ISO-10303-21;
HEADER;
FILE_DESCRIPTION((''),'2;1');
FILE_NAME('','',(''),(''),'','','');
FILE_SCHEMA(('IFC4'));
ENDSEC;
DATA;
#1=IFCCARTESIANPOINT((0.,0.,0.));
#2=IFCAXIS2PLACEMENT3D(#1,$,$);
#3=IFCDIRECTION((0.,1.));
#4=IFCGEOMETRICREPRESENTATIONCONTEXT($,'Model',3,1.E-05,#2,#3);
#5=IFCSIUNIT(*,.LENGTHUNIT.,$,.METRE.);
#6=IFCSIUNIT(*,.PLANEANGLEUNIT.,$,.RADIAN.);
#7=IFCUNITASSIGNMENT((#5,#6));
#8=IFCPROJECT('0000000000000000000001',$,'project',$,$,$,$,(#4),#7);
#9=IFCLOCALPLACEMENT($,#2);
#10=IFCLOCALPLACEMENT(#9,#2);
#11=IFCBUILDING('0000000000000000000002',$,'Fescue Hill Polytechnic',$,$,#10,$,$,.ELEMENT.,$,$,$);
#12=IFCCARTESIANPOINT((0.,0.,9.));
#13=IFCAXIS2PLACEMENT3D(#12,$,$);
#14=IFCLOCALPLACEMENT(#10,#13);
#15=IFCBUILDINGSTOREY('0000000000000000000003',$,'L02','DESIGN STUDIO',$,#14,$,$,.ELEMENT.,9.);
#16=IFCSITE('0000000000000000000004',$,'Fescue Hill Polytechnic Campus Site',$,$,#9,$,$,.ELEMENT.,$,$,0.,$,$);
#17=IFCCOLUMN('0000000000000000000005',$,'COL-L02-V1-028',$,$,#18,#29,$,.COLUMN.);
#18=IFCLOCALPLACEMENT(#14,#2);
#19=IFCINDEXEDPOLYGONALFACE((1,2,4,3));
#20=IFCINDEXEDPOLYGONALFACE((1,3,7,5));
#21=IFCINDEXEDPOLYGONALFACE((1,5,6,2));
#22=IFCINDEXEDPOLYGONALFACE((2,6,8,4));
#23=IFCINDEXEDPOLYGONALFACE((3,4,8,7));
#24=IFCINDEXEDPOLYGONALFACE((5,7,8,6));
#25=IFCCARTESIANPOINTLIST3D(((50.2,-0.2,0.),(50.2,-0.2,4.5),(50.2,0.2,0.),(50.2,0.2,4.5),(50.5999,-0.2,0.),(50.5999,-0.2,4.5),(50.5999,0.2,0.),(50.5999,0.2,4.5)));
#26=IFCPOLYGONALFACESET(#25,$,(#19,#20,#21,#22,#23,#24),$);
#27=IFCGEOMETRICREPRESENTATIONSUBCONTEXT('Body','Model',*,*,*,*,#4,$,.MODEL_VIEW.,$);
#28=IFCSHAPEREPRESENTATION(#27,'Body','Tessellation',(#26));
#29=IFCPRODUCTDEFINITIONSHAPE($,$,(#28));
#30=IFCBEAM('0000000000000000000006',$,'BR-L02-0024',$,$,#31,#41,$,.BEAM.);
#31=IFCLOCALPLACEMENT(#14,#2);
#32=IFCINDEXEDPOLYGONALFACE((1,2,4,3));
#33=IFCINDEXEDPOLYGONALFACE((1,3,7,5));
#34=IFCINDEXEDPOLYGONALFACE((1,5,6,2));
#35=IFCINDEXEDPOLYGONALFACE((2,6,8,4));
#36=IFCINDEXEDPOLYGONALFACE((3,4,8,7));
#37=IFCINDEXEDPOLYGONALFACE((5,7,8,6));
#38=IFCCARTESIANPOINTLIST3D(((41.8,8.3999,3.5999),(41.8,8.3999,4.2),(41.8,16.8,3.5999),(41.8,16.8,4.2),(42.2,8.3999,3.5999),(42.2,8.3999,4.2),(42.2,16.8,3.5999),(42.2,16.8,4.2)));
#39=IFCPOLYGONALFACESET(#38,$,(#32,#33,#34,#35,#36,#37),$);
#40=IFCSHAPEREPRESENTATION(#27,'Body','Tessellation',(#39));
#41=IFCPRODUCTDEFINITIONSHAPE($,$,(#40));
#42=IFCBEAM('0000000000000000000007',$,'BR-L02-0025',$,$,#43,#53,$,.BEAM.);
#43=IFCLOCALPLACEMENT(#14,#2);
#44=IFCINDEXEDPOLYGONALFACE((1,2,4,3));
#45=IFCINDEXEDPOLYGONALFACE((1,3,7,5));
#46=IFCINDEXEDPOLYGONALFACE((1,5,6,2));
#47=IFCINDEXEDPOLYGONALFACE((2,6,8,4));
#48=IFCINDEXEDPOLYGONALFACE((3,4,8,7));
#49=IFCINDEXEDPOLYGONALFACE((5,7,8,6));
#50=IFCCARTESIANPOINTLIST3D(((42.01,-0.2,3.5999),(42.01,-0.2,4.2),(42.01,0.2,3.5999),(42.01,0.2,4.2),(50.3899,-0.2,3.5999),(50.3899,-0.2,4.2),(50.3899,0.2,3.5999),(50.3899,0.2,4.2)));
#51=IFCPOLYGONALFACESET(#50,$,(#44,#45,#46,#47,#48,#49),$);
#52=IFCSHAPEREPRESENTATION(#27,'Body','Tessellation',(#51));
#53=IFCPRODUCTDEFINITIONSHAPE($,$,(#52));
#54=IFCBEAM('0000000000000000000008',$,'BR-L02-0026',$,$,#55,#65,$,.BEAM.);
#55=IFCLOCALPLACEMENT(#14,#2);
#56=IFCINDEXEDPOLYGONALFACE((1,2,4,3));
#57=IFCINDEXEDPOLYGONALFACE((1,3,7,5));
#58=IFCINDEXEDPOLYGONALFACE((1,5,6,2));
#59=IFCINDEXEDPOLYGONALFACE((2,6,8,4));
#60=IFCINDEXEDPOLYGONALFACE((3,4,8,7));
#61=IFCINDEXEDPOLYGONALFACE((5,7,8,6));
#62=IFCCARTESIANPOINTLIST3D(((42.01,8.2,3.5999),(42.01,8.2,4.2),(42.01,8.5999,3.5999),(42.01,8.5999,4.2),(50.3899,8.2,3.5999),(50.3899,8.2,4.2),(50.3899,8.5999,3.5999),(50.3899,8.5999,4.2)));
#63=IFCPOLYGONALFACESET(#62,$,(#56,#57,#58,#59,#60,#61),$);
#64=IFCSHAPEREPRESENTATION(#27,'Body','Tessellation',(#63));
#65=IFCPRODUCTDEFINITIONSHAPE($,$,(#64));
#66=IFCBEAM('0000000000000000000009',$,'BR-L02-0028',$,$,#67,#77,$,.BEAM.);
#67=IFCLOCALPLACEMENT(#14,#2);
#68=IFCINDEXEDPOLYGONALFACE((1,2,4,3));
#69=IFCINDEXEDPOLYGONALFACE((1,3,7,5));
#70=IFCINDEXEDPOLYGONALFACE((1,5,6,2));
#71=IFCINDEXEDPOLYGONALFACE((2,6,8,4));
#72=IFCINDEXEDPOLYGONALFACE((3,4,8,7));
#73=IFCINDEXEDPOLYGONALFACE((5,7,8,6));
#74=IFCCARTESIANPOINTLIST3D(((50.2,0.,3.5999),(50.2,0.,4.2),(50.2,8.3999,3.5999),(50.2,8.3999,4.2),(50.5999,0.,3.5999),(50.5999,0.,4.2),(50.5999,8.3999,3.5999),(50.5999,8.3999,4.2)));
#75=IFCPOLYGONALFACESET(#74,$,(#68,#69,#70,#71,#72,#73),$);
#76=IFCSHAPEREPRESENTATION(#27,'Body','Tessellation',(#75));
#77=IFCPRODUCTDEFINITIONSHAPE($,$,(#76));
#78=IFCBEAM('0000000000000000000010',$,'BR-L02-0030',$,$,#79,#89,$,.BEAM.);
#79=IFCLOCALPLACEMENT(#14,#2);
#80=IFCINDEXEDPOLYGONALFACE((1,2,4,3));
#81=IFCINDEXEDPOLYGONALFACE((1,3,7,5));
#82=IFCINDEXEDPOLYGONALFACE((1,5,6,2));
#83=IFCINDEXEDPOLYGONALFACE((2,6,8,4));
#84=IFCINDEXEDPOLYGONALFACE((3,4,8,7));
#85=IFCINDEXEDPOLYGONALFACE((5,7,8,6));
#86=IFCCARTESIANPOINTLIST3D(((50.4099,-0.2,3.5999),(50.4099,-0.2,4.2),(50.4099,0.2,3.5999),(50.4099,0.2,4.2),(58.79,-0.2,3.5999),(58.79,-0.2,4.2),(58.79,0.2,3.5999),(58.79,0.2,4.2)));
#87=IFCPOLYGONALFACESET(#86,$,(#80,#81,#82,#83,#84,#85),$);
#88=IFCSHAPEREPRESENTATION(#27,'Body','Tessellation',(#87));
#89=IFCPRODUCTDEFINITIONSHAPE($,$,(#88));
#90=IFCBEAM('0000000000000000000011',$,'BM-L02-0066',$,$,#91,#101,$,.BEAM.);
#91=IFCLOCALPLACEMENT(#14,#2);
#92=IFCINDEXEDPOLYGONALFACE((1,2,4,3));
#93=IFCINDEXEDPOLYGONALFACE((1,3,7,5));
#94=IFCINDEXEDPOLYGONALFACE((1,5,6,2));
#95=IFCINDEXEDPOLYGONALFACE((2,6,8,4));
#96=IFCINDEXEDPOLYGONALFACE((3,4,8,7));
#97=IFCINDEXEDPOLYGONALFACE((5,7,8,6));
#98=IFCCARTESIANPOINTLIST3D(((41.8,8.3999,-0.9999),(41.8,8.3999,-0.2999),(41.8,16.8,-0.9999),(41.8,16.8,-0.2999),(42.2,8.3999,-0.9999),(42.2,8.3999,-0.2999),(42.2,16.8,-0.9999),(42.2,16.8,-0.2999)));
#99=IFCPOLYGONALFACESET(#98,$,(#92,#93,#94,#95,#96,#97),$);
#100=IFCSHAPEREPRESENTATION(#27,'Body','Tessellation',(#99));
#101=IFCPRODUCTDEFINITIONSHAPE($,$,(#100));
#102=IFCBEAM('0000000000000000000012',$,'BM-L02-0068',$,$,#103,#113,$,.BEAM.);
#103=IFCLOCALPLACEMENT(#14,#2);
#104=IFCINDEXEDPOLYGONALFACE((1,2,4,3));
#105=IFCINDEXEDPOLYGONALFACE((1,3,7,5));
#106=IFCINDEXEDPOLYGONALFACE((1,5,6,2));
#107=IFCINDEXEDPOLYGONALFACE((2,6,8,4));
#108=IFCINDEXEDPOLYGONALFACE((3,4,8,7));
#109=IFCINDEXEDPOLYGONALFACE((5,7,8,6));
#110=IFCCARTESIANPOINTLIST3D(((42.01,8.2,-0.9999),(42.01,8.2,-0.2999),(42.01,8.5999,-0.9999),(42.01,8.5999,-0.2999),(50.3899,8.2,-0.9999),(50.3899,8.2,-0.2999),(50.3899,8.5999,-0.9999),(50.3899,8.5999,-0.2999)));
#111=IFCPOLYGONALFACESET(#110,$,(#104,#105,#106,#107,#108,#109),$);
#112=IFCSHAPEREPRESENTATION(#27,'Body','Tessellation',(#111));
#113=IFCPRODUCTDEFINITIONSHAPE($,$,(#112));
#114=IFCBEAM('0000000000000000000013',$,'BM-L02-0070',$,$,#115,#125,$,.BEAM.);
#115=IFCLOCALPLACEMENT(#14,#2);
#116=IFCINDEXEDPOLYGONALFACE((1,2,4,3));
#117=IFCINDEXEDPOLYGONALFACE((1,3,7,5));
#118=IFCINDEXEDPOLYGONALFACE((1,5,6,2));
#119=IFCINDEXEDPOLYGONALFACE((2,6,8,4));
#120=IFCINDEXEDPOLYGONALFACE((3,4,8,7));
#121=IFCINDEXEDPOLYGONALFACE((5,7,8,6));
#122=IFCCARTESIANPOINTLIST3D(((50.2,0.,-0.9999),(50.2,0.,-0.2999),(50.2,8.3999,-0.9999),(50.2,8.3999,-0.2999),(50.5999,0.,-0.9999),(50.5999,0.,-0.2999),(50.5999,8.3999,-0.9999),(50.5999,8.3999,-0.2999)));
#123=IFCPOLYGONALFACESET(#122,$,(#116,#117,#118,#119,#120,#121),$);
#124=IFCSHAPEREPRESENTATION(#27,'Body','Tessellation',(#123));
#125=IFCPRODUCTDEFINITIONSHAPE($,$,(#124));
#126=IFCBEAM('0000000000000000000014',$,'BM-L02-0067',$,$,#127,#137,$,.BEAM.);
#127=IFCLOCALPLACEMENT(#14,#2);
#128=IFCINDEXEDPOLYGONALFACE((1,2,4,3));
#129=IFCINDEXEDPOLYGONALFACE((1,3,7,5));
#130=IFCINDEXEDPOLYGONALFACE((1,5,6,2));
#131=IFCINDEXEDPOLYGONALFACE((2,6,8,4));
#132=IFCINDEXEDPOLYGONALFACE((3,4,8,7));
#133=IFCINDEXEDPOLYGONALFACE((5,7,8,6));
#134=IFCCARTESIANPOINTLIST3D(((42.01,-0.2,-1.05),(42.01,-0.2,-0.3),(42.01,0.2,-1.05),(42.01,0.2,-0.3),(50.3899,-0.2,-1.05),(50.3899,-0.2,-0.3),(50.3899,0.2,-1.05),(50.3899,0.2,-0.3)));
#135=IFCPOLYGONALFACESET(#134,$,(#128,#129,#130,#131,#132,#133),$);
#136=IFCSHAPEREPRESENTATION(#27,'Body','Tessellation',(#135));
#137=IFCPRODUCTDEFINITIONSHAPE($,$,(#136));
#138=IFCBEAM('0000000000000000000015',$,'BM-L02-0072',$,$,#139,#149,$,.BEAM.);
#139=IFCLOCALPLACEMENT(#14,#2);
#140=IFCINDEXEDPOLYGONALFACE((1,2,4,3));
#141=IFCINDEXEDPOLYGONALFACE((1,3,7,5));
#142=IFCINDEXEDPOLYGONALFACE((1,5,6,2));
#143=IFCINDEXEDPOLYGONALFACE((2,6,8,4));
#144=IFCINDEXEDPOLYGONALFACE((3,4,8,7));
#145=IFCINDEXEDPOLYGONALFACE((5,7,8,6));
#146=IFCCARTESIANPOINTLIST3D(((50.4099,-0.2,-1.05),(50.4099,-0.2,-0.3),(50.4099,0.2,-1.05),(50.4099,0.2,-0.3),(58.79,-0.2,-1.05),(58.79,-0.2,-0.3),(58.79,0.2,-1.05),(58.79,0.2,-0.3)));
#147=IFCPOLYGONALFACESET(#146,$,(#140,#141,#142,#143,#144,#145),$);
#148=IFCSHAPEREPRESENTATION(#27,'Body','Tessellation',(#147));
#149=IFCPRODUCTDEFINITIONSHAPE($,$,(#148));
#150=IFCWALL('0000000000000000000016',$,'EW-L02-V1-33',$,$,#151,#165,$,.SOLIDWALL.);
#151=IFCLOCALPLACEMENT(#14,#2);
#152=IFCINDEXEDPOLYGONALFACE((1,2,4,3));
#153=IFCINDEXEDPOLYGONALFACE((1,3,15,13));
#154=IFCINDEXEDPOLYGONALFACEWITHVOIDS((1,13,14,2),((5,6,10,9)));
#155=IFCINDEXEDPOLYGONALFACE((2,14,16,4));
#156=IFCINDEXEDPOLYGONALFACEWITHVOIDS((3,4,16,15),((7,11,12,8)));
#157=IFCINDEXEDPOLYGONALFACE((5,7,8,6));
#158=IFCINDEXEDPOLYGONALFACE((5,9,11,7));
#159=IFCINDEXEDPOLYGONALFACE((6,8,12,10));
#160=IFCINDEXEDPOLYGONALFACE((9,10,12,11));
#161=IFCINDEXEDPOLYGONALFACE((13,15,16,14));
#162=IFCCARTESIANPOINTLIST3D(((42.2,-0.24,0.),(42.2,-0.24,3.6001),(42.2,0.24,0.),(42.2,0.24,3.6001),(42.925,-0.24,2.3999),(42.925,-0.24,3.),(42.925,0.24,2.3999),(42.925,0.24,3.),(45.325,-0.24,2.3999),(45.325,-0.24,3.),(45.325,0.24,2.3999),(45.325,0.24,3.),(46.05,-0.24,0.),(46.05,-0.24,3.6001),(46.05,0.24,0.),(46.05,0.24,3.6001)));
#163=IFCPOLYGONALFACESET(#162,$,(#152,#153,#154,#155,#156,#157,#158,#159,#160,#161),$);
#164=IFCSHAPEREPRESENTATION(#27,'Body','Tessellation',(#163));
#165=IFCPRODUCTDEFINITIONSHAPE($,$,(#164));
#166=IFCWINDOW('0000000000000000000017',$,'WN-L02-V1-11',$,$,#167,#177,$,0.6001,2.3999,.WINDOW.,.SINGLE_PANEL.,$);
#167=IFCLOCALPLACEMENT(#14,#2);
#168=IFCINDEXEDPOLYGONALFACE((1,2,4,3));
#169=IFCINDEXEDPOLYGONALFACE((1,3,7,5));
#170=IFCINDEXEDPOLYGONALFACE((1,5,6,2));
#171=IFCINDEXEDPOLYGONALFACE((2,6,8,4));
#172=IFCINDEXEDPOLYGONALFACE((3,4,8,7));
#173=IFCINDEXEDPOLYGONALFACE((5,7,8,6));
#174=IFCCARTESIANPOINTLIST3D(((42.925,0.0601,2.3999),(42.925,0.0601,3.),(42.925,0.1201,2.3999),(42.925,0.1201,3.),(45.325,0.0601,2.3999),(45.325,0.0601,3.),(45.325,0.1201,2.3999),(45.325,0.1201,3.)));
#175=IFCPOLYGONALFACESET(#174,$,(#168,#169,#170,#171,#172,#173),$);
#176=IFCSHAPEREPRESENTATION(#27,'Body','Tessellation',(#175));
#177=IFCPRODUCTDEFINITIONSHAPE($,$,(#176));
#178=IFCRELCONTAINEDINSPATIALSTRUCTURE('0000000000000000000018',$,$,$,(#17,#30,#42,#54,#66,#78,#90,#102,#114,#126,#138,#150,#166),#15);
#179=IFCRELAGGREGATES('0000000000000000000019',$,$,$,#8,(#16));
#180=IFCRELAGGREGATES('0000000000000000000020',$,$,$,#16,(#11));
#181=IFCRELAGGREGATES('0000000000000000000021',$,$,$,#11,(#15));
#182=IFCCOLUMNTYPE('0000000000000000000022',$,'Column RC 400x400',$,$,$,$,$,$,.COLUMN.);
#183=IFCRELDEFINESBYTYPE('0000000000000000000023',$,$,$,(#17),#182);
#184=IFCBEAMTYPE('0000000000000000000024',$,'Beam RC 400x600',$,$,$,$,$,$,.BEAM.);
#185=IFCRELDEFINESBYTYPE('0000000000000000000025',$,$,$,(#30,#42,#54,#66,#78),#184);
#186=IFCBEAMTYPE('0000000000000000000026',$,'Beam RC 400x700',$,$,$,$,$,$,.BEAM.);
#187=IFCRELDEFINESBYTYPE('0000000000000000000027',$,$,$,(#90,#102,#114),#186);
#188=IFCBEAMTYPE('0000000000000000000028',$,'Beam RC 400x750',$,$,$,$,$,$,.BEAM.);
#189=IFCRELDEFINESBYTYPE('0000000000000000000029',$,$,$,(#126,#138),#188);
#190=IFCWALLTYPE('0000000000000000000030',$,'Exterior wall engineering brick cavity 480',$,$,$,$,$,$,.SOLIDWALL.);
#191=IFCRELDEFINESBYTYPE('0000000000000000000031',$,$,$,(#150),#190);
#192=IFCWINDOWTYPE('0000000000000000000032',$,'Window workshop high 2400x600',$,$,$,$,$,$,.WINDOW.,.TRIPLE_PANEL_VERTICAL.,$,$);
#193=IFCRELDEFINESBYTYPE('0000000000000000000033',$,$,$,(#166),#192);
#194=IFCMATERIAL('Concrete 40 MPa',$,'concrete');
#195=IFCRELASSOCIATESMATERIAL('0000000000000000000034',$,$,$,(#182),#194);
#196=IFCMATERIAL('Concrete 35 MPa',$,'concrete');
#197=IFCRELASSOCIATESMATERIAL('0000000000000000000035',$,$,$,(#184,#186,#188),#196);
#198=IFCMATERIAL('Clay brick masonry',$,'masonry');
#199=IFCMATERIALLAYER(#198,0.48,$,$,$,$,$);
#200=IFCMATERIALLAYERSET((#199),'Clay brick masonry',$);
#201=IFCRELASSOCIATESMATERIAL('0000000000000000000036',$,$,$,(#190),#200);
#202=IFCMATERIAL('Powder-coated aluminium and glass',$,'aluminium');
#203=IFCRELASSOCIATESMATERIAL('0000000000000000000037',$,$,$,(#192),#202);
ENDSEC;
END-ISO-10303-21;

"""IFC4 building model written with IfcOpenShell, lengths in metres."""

from ifc_helpers import new_model, si_unit, direction, frame, frame_2d, origin, origin_2d, place, context, subcontext, project, spatial, rectangle, extrude, material, layer, layer_set, material_profile, profile_set, type_object, element, fill, save


model = new_model("IFC4")

# Units and contexts
model_context = context("Model", 3, precision=1e-05, world=origin(), true_north=direction((0.0, 1.0)))
body_context = subcontext(model_context, "Body", "Model", "MODEL_VIEW")
ifc_project = project(units=[si_unit("LENGTHUNIT", "METRE"), si_unit("PLANEANGLEUNIT", "RADIAN")], contexts=[model_context])

# Site, building, storey
site_placement = place(None, origin())
site = spatial("IfcSite", under=ifc_project, at=site_placement, Name="Fescue Hill Polytechnic Campus Site", CompositionType="ELEMENT", RefElevation=0.0)
building_placement = place(site_placement, origin())
building = spatial("IfcBuilding", under=site, at=building_placement, Name="Fescue Hill Polytechnic", CompositionType="ELEMENT")
storey_placement = place(building_placement, frame((0.0, 0.0, 9.0)))
storey = spatial("IfcBuildingStorey", under=building, at=storey_placement, Name="L02", Description="DESIGN STUDIO", CompositionType="ELEMENT", Elevation=9.0)

# Column
ifc_material_1 = material(Name="Concrete 40 MPa", Category="concrete")
ifc_material_profile_1 = material_profile(ifc_material_1, rectangle(XDim=0.3999, YDim=0.3999, at=origin_2d()), Name="RC 400x400")
ifc_profile_set_1 = profile_set([ifc_material_profile_1], Name="Concrete 40 MPa")
column_type = type_object("IfcColumnType", Name="Column RC 400x400", PredefinedType="COLUMN", material=ifc_profile_set_1)
column_placement = place(storey_placement, frame((50.3999, 0.0, 0.0), z_axis=(0.0, 0.0, 1.0), x_axis=(1.0, 0.0, 0.0)))
element("IfcColumn", 1, at=column_placement, inside=storey, type_object=column_type, Name="COL-L02-V1-028", PredefinedType="COLUMN", context=body_context, shape_type="SweptSolid", body=[
    extrude(rectangle(XDim=0.3999, YDim=0.3999, at=origin_2d()), origin(), (0.0, 0.0, 1.0), 4.5),
])

# Beams
ifc_material_2 = material(Name="Concrete 35 MPa", Category="concrete")
ifc_material_profile_2 = material_profile(ifc_material_2, rectangle(XDim=0.3999, YDim=0.6001, at=origin_2d()), Name="RC 400x600")
ifc_profile_set_2 = profile_set([ifc_material_profile_2], Name="Concrete 35 MPa")
beam_type_1 = type_object("IfcBeamType", Name="Beam RC 400x600", PredefinedType="BEAM", material=ifc_profile_set_2)
beam_1_placement = place(storey_placement, frame((42.0, 8.3999, 3.8999), z_axis=(0.0, 1.0, 0.0), x_axis=(-1.0, 0.0, 0.0)))
element("IfcBeam", 2, at=beam_1_placement, inside=storey, type_object=beam_type_1, Name="BR-L02-0024", PredefinedType="BEAM", context=body_context, shape_type="SweptSolid", body=[
    extrude(rectangle(XDim=0.3999, YDim=0.6001, at=origin_2d()), origin(), (0.0, 0.0, 1.0), 8.4001),
])
for number, where, z_axis, x_axis, name in (
    (3, (42.01, 0.0, 3.8999), (1.0, 0.0, 0.0), (0.0, 1.0, 0.0), "BR-L02-0025"),
    (4, (42.01, 8.3999, 3.8999), (1.0, 0.0, 0.0), (0.0, 1.0, 0.0), "BR-L02-0026"),
):
    element("IfcBeam", number, at=place(storey_placement, frame(where, z_axis=z_axis, x_axis=x_axis)), inside=storey, type_object=beam_type_1, Name=name, PredefinedType="BEAM", context=body_context, shape_type="SweptSolid", body=[
        extrude(rectangle(XDim=0.3999, YDim=0.6001, at=origin_2d()), origin(), (0.0, 0.0, 1.0), 8.3799),
    ])
beam_2_placement = place(storey_placement, frame((50.3999, 0.0, 3.8999), z_axis=(0.0, 1.0, 0.0), x_axis=(-1.0, 0.0, 0.0)))
element("IfcBeam", 5, at=beam_2_placement, inside=storey, type_object=beam_type_1, Name="BR-L02-0028", PredefinedType="BEAM", context=body_context, shape_type="SweptSolid", body=[
    extrude(rectangle(XDim=0.3999, YDim=0.6001, at=origin_2d()), origin(), (0.0, 0.0, 1.0), 8.3999),
])
beam_3_placement = place(storey_placement, frame((50.4099, 0.0, 3.8999), z_axis=(1.0, 0.0, 0.0), x_axis=(0.0, 1.0, 0.0)))
element("IfcBeam", 6, at=beam_3_placement, inside=storey, type_object=beam_type_1, Name="BR-L02-0030", PredefinedType="BEAM", context=body_context, shape_type="SweptSolid", body=[
    extrude(rectangle(XDim=0.3999, YDim=0.6001, at=origin_2d()), origin(), (0.0, 0.0, 1.0), 8.3801),
])
ifc_material_profile_3 = material_profile(ifc_material_2, rectangle(XDim=0.3999, YDim=0.7, at=origin_2d()), Name="RC 400x700")
ifc_profile_set_3 = profile_set([ifc_material_profile_3], Name="Concrete 35 MPa")
beam_type_2 = type_object("IfcBeamType", Name="Beam RC 400x700", PredefinedType="BEAM", material=ifc_profile_set_3)
beam_4_placement = place(storey_placement, frame((42.0, 8.3999, -0.6499), z_axis=(0.0, 1.0, 0.0), x_axis=(-1.0, 0.0, 0.0)))
element("IfcBeam", 7, at=beam_4_placement, inside=storey, type_object=beam_type_2, Name="BM-L02-0066", PredefinedType="BEAM", context=body_context, shape_type="SweptSolid", body=[
    extrude(rectangle(XDim=0.3999, YDim=0.7, at=origin_2d()), origin(), (0.0, 0.0, 1.0), 8.4001),
])
beam_5_placement = place(storey_placement, frame((42.01, 8.3999, -0.6499), z_axis=(1.0, 0.0, 0.0), x_axis=(0.0, 1.0, 0.0)))
element("IfcBeam", 8, at=beam_5_placement, inside=storey, type_object=beam_type_2, Name="BM-L02-0068", PredefinedType="BEAM", context=body_context, shape_type="SweptSolid", body=[
    extrude(rectangle(XDim=0.3999, YDim=0.7, at=origin_2d()), origin(), (0.0, 0.0, 1.0), 8.3799),
])
beam_6_placement = place(storey_placement, frame((50.3999, 0.0, -0.6499), z_axis=(0.0, 1.0, 0.0), x_axis=(-1.0, 0.0, 0.0)))
element("IfcBeam", 9, at=beam_6_placement, inside=storey, type_object=beam_type_2, Name="BM-L02-0070", PredefinedType="BEAM", context=body_context, shape_type="SweptSolid", body=[
    extrude(rectangle(XDim=0.3999, YDim=0.7, at=origin_2d()), origin(), (0.0, 0.0, 1.0), 8.3999),
])
ifc_material_profile_4 = material_profile(ifc_material_2, rectangle(XDim=0.3999, YDim=0.75, at=origin_2d()), Name="RC 400x750")
ifc_profile_set_4 = profile_set([ifc_material_profile_4], Name="Concrete 35 MPa")
beam_type_3 = type_object("IfcBeamType", Name="Beam RC 400x750", PredefinedType="BEAM", material=ifc_profile_set_4)
beam_7_placement = place(storey_placement, frame((42.01, 0.0, -0.675), z_axis=(1.0, 0.0, 0.0), x_axis=(0.0, 1.0, 0.0)))
element("IfcBeam", 10, at=beam_7_placement, inside=storey, type_object=beam_type_3, Name="BM-L02-0067", PredefinedType="BEAM", context=body_context, shape_type="SweptSolid", body=[
    extrude(rectangle(XDim=0.3999, YDim=0.75, at=origin_2d()), origin(), (0.0, 0.0, 1.0), 8.3799),
])
beam_8_placement = place(storey_placement, frame((50.4099, 0.0, -0.675), z_axis=(1.0, 0.0, 0.0), x_axis=(0.0, 1.0, 0.0)))
element("IfcBeam", 11, at=beam_8_placement, inside=storey, type_object=beam_type_3, Name="BM-L02-0072", PredefinedType="BEAM", context=body_context, shape_type="SweptSolid", body=[
    extrude(rectangle(XDim=0.3999, YDim=0.75, at=origin_2d()), origin(), (0.0, 0.0, 1.0), 8.3801),
])

# Wall, opening, window
ifc_material_3 = material(Name="Clay brick masonry", Category="masonry")
ifc_layer_1 = layer(ifc_material_3, 0.48)
ifc_layer_set_1 = layer_set([ifc_layer_1], Name="Clay brick masonry")
wall_type_1 = type_object("IfcWallType", Name="Exterior wall engineering brick cavity 480", PredefinedType="SOLIDWALL", material=ifc_layer_set_1)
wall_1_placement = place(storey_placement, frame((42.2, 0.0, 0.0), z_axis=(0.0, 0.0, 1.0), x_axis=(1.0, 0.0, 0.0)))
wall_1 = element("IfcWall", 12, at=wall_1_placement, inside=storey, type_object=wall_type_1, Name="EW-L02-V1-33", PredefinedType="SOLIDWALL", context=body_context, shape_type="SweptSolid", body=[
    extrude(rectangle(XDim=3.8501, YDim=0.48, at=frame_2d((1.925, 0.0))), origin(), (0.0, 0.0, 1.0), 3.6001),
])
opening_1_placement = place(wall_1_placement, frame((0.7251, 0.0, 2.3999)))
opening_1 = element("IfcOpeningElement", 13, at=opening_1_placement, cuts=wall_1, PredefinedType="OPENING", context=body_context, shape_type="SweptSolid", body=[
    extrude(rectangle(XDim=2.3999, YDim=0.6001, at=frame_2d((1.2, 0.3))), frame((0.0, 0.25, 0.0), z_axis=(0.0, -1.0, 0.0), x_axis=(1.0, 0.0, 0.0)), (0.0, 0.0, 1.0), 0.5),
])
ifc_material_4 = material(Name="Powder-coated aluminium and glass", Category="aluminium")
window_type = type_object("IfcWindowType", Name="Window workshop high 2400x600", PartitioningType="TRIPLE_PANEL_VERTICAL", PredefinedType="WINDOW", material=ifc_material_4)
window_1_placement = place(opening_1_placement, origin())
window_1 = element("IfcWindow", 14, at=window_1_placement, inside=storey, type_object=window_type, Name="WN-L02-V1-11", OverallHeight=0.6001, OverallWidth=2.3999, PartitioningType="SINGLE_PANEL", PredefinedType="WINDOW", context=body_context, shape_type="SweptSolid", body=[
    extrude(rectangle(XDim=2.3999, YDim=0.6001, at=frame_2d((1.2, 0.3))), frame((0.0, 0.1201, 0.0), z_axis=(0.0, -1.0, 0.0), x_axis=(1.0, 0.0, 0.0)), (0.0, 0.0, 1.0), 0.0601),
])
fill(opening_1, window_1)

save(model, "model.ifc")
